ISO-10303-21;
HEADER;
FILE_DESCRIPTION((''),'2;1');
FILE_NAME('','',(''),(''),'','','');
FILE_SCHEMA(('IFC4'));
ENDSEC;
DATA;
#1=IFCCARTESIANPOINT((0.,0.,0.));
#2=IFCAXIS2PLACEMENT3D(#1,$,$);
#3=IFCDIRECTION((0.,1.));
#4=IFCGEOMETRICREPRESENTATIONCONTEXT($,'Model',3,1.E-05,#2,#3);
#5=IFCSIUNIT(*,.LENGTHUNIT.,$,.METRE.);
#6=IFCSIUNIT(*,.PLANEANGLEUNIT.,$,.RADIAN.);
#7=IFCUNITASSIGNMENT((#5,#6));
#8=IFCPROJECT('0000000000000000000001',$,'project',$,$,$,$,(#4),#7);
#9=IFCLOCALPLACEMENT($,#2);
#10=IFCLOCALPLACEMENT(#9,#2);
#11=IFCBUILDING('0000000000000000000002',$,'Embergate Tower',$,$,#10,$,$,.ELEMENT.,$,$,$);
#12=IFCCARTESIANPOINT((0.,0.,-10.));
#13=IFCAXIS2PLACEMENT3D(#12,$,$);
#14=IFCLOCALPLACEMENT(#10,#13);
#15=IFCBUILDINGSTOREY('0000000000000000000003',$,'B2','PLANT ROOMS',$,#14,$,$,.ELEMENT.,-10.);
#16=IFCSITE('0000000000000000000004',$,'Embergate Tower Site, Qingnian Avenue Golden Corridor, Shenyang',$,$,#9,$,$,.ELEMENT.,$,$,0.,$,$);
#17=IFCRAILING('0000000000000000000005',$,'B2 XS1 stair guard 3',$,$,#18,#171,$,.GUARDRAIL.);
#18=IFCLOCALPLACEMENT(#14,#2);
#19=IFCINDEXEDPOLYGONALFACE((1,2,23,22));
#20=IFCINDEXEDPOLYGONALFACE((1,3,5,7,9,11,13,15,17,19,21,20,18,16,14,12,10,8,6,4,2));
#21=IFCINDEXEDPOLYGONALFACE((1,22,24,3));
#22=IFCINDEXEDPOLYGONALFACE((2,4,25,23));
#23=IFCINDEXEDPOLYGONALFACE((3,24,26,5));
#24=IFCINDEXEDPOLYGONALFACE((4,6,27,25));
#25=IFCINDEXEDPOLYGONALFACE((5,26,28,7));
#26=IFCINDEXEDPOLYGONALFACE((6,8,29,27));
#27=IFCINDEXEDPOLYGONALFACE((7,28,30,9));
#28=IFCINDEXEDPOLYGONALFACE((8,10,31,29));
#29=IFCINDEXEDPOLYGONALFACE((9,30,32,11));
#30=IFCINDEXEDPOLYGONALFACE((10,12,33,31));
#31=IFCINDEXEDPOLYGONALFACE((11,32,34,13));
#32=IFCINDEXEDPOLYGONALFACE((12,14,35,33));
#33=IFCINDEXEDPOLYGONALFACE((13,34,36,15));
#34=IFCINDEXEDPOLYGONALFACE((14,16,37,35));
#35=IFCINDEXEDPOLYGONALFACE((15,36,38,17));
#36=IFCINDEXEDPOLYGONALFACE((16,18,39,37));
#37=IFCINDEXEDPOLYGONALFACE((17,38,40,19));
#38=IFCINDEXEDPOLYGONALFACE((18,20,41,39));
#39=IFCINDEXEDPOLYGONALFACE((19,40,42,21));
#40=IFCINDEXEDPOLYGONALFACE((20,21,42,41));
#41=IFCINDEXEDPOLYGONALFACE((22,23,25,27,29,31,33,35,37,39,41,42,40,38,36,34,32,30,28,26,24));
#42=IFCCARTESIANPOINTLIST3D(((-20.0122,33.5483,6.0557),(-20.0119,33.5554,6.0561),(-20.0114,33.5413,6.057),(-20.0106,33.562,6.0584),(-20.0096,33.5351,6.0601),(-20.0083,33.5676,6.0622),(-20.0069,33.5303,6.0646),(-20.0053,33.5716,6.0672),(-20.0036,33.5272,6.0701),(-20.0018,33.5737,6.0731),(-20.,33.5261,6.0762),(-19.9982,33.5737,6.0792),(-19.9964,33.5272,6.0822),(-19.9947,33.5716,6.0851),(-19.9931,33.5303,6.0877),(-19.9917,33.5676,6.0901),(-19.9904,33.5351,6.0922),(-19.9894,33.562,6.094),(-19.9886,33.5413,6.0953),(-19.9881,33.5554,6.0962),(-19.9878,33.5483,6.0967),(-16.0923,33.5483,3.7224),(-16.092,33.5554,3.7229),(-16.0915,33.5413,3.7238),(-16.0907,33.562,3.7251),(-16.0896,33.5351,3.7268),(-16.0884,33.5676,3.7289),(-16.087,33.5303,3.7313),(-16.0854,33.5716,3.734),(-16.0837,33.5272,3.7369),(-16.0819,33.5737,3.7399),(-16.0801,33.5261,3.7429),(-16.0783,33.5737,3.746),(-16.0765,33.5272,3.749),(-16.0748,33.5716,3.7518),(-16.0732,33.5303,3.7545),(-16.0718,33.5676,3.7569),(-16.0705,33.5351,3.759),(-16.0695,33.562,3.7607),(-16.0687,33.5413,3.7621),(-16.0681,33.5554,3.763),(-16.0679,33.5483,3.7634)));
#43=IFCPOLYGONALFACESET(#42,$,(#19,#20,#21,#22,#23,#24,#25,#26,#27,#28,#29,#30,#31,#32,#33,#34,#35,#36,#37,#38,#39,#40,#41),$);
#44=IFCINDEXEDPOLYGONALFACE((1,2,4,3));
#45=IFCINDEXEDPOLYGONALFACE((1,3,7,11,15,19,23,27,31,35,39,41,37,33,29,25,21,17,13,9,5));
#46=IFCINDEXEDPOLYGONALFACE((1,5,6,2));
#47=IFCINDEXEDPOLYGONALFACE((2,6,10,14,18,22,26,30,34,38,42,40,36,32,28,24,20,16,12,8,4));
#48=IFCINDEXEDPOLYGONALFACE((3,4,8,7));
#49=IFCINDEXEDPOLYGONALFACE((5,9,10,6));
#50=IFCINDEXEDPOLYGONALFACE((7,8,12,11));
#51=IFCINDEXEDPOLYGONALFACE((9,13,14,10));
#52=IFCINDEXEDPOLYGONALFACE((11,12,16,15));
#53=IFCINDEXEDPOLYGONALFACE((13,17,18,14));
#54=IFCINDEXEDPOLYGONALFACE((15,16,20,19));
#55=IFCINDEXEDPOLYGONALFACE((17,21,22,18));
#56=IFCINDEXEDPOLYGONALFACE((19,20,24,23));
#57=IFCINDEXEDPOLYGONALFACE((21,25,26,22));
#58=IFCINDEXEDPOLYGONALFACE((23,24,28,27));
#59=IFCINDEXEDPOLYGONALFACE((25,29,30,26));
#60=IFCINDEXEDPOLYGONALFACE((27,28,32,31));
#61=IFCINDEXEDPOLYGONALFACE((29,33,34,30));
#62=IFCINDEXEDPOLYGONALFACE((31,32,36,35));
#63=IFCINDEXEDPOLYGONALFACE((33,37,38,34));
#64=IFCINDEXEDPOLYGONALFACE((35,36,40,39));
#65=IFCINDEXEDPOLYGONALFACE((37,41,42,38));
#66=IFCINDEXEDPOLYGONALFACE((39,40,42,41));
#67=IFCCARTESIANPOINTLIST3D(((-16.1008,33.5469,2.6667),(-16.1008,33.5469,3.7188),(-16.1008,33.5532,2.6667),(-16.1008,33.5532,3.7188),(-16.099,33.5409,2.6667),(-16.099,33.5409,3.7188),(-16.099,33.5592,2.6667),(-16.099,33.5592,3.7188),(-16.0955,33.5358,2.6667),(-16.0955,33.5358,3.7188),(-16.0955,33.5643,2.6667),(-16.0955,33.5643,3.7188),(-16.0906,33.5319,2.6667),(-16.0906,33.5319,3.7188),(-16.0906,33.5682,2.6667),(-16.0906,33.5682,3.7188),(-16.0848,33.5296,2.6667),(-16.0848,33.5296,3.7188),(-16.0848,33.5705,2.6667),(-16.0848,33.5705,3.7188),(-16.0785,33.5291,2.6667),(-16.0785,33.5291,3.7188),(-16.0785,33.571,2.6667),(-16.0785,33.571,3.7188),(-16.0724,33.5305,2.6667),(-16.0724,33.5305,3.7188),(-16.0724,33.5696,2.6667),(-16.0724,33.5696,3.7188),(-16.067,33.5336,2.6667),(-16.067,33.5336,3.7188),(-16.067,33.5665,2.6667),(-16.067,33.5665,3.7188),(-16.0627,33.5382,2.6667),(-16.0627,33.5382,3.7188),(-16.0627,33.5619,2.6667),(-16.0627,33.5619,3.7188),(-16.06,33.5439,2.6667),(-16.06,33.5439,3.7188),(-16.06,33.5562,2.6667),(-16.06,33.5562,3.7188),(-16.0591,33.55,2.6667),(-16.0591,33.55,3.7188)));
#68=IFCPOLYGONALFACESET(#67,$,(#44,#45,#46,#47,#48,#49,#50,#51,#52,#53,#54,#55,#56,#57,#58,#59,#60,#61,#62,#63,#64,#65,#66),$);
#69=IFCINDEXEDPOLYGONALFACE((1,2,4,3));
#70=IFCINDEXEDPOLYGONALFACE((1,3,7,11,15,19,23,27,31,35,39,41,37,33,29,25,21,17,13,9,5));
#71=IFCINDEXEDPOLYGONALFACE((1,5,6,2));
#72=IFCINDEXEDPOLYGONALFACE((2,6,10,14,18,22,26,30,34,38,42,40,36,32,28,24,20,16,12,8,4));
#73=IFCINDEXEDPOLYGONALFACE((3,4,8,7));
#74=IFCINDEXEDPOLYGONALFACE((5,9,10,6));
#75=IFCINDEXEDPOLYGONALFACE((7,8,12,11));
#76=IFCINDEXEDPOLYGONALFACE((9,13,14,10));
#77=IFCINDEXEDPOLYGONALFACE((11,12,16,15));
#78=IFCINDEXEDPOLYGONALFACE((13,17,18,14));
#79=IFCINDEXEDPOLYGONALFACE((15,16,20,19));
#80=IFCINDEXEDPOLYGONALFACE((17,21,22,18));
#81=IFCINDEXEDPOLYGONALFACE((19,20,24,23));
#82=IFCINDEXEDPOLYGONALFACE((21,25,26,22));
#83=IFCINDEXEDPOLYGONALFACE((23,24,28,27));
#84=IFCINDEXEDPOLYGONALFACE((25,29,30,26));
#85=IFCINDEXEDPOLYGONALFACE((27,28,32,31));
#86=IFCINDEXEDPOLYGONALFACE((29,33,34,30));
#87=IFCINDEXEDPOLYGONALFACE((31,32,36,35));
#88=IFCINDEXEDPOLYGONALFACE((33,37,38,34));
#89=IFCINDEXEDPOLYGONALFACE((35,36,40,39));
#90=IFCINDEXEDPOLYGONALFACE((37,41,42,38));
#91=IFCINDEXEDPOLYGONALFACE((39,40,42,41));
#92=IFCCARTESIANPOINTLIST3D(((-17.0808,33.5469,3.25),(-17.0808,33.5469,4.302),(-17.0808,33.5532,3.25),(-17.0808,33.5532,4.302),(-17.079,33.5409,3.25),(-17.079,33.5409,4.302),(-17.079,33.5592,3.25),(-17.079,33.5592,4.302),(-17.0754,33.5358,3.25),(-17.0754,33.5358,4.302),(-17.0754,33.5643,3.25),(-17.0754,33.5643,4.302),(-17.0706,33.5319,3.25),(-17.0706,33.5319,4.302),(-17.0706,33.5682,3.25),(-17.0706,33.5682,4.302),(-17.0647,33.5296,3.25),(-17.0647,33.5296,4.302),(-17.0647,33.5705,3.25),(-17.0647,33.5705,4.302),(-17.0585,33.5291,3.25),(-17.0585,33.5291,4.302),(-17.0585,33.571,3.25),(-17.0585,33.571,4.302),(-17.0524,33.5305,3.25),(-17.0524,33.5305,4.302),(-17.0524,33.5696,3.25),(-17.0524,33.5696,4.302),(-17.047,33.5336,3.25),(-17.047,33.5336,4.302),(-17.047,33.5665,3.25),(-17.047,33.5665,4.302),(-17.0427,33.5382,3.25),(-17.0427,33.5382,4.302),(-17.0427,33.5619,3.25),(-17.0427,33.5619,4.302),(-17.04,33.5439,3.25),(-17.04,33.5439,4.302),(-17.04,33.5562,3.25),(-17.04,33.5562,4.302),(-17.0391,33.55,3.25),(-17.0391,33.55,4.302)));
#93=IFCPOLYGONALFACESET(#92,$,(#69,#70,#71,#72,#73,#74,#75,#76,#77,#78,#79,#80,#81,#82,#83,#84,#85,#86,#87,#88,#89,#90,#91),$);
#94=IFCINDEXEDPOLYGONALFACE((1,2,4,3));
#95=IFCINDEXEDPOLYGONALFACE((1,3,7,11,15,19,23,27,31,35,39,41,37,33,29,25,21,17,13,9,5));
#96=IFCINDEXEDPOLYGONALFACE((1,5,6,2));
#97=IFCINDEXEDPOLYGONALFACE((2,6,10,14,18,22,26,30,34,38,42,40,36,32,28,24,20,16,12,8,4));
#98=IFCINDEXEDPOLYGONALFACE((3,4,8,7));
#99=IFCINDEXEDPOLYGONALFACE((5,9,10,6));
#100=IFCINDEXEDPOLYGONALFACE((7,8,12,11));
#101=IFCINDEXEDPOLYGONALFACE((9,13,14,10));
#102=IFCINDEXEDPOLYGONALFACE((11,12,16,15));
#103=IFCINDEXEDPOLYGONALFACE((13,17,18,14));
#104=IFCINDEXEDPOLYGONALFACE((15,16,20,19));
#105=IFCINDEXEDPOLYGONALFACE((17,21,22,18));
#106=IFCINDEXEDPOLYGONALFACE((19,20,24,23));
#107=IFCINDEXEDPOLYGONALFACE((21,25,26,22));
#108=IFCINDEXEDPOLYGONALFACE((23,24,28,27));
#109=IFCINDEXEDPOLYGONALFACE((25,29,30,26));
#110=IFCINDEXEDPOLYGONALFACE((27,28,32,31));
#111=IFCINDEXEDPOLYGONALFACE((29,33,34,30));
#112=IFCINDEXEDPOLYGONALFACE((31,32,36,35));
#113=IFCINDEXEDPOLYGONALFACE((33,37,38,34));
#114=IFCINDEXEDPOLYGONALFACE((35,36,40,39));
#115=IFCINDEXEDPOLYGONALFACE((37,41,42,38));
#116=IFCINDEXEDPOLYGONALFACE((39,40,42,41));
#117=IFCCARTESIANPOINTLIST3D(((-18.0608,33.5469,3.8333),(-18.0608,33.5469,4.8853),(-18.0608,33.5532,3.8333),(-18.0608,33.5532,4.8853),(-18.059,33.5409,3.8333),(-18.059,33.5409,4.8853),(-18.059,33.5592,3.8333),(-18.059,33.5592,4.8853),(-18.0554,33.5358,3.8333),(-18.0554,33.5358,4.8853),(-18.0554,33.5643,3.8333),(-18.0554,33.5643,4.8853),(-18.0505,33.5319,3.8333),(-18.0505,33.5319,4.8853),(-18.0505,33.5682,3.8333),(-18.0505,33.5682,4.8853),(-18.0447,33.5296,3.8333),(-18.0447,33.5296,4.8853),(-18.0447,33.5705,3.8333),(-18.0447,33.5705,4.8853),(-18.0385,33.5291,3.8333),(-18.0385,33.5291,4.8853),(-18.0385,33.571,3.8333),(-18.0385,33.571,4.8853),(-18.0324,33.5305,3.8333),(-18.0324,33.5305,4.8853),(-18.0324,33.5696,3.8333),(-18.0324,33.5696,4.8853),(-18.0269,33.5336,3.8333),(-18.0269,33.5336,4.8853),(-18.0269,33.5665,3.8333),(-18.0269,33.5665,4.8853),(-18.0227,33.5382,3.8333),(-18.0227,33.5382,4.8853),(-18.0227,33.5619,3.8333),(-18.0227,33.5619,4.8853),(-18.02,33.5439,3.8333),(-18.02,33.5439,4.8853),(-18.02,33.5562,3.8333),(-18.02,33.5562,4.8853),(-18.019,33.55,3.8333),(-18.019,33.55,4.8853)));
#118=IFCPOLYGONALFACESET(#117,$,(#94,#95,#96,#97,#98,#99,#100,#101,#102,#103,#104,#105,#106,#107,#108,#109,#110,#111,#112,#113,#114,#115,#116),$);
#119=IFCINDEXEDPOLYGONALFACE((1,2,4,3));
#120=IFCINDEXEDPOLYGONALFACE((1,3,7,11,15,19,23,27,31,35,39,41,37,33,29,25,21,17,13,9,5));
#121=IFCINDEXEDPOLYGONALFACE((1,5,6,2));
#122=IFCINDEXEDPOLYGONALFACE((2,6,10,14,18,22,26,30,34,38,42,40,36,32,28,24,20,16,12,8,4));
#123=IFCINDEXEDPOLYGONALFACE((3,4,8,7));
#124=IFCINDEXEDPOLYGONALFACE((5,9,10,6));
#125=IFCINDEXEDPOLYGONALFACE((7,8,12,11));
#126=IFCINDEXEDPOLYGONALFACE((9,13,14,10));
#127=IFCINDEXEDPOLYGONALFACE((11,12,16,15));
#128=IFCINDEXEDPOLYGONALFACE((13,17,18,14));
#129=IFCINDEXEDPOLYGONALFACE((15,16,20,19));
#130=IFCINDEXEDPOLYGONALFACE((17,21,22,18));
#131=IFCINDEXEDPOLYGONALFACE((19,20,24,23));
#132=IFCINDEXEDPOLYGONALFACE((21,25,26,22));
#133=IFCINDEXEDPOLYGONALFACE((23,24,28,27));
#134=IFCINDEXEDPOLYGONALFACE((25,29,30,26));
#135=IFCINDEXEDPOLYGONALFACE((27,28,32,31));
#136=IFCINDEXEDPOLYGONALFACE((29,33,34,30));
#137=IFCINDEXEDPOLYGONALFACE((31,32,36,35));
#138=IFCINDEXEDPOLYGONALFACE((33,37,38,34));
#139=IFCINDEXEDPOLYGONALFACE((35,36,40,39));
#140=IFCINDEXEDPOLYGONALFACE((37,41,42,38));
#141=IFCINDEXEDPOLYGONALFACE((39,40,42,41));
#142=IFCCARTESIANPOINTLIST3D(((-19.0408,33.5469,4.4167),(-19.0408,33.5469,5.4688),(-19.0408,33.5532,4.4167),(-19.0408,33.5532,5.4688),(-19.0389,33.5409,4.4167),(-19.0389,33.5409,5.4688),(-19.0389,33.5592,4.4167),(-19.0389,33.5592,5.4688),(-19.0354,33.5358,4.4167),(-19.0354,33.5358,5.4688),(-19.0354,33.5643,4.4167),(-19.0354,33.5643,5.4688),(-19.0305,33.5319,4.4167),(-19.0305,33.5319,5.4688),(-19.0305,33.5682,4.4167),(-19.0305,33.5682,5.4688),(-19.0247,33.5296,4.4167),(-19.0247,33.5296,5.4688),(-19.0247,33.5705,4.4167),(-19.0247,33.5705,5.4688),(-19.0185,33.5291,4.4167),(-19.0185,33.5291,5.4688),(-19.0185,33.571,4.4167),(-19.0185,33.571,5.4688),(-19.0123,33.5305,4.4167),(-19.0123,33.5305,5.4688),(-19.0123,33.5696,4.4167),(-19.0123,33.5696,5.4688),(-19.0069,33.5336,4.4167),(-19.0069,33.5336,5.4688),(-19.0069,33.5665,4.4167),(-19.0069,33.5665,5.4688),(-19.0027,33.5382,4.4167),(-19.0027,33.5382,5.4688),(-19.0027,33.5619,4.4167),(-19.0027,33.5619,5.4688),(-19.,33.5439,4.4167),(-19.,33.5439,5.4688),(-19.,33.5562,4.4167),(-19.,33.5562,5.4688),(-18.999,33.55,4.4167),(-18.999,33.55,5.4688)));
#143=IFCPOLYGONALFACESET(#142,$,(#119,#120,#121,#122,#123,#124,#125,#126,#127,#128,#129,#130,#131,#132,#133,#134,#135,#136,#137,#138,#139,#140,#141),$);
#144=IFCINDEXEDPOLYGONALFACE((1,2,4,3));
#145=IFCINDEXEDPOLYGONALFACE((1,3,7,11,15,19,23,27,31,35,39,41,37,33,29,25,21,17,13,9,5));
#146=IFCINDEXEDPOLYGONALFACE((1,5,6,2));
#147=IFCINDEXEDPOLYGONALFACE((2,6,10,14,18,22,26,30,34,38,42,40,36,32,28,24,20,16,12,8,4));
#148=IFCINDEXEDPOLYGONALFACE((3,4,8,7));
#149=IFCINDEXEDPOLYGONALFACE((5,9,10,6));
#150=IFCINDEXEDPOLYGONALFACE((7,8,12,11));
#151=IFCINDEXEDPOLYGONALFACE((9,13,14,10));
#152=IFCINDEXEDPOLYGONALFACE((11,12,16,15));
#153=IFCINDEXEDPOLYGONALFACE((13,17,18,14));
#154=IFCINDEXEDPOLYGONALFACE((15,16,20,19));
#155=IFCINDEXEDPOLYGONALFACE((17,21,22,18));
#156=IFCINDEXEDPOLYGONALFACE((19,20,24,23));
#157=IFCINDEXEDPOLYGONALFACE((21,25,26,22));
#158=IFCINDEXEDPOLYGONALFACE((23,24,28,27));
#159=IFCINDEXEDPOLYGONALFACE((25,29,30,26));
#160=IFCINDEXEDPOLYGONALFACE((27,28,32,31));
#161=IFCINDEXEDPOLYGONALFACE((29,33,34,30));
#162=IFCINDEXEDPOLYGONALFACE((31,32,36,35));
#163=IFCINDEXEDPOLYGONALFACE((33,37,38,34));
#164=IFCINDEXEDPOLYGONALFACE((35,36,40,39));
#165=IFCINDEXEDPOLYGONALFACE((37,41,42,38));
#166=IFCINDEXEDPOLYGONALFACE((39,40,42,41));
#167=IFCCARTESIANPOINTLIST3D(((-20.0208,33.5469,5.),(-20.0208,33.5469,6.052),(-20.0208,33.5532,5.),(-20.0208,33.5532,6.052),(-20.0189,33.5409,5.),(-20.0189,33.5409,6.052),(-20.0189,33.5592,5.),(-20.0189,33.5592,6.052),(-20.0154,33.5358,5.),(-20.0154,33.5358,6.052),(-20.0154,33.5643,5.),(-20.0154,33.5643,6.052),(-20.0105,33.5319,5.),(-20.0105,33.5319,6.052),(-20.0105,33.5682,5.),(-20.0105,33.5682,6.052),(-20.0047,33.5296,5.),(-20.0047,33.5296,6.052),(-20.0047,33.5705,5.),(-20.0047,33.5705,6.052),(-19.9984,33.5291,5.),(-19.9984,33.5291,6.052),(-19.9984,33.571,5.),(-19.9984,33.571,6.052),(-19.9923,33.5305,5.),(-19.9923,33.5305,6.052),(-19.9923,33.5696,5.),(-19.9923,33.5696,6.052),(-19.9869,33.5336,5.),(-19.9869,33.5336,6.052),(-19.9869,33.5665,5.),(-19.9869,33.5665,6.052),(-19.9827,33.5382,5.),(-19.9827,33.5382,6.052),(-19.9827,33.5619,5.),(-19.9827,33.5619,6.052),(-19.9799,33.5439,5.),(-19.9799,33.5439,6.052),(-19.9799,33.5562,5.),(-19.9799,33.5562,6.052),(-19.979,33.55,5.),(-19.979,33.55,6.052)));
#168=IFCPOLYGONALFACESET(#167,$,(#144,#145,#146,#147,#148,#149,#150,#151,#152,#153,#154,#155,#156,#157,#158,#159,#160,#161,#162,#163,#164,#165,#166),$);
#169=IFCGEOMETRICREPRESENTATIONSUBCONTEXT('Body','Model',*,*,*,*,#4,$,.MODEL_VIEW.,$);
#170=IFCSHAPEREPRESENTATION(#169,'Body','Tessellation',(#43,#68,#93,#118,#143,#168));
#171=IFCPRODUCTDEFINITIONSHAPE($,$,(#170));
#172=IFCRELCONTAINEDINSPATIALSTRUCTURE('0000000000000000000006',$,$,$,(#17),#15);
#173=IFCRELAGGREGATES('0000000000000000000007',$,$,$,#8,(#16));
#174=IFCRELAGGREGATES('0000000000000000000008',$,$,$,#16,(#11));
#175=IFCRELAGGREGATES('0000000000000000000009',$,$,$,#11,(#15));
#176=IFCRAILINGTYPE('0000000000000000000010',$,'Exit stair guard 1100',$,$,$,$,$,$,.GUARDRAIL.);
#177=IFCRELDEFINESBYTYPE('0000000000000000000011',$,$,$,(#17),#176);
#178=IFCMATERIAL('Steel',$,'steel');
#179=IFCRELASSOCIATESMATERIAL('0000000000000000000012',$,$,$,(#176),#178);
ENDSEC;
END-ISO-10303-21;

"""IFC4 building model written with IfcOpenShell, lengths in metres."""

from ifc_helpers import new_model, si_unit, direction, frame, origin, origin_2d, place, context, subcontext, project, spatial, circle, extrude, source, transform, mapped, material, type_object, element, save


model = new_model("IFC4")

# Units and contexts
model_context = context("Model", 3, precision=1e-05, world=origin(), true_north=direction((0.0, 1.0)))
body_context = subcontext(model_context, "Body", "Model", "MODEL_VIEW")
ifc_project = project(units=[si_unit("LENGTHUNIT", "METRE"), si_unit("PLANEANGLEUNIT", "RADIAN")], contexts=[model_context])

# Site, building, storey
site_placement = place(None, origin())
site = spatial("IfcSite", under=ifc_project, at=site_placement, Name="Embergate Tower Site, Qingnian Avenue Golden Corridor, Shenyang", CompositionType="ELEMENT", RefElevation=0.0)
building_placement = place(site_placement, origin())
building = spatial("IfcBuilding", under=site, at=building_placement, Name="Embergate Tower", CompositionType="ELEMENT")
storey_placement = place(building_placement, frame((0.0, 0.0, -10.0)))
storey = spatial("IfcBuildingStorey", under=building, at=storey_placement, Name="B2", Description="PLANT ROOMS", CompositionType="ELEMENT", Elevation=-10.0)

# Railing
ifc_material_1 = material(Name="Steel", Category="steel")
railing_type_1 = type_object("IfcRailingType", Name="Exit stair guard 1100", PredefinedType="GUARDRAIL", material=ifc_material_1)
shared_shape_1 = source(origin(), body_context, "Body", "SweptSolid", [
    extrude(circle(Radius=0.0239, at=origin_2d()), frame((0.0, 0.0, 1.0762), z_axis=(-0.859296, 0.0, 0.511478), x_axis=(0.0, -1.0, 0.0)), (0.0, 0.0, 1.0), 4.5618),
    extrude(circle(Radius=0.021, at=origin_2d()), origin(), (0.0, 0.0, 1.0), 1.052),
    extrude(circle(Radius=0.021, at=origin_2d()), frame((-0.98, 0.0, 0.5833)), (0.0, 0.0, 1.0), 1.052),
    extrude(circle(Radius=0.021, at=origin_2d()), frame((-1.96, 0.0, 1.1665)), (0.0, 0.0, 1.0), 1.052),
    extrude(circle(Radius=0.021, at=origin_2d()), frame((-2.9399, 0.0, 1.75)), (0.0, 0.0, 1.0), 1.052),
    extrude(circle(Radius=0.021, at=origin_2d()), frame((-3.9199, 0.0, 2.3333)), (0.0, 0.0, 1.0), 1.052),
])
railing_1_placement = place(storey_placement, frame((-16.0801, 33.55, 2.6667)))
element("IfcRailing", 1, at=railing_1_placement, inside=storey, type_object=railing_type_1, Name="B2 XS1 stair guard 3", PredefinedType="GUARDRAIL", context=body_context, shape_type="MappedRepresentation", body=[
    mapped(shared_shape_1, transform((0.0, 0.0, 0.0))),
])

save(model, "model.ifc")
